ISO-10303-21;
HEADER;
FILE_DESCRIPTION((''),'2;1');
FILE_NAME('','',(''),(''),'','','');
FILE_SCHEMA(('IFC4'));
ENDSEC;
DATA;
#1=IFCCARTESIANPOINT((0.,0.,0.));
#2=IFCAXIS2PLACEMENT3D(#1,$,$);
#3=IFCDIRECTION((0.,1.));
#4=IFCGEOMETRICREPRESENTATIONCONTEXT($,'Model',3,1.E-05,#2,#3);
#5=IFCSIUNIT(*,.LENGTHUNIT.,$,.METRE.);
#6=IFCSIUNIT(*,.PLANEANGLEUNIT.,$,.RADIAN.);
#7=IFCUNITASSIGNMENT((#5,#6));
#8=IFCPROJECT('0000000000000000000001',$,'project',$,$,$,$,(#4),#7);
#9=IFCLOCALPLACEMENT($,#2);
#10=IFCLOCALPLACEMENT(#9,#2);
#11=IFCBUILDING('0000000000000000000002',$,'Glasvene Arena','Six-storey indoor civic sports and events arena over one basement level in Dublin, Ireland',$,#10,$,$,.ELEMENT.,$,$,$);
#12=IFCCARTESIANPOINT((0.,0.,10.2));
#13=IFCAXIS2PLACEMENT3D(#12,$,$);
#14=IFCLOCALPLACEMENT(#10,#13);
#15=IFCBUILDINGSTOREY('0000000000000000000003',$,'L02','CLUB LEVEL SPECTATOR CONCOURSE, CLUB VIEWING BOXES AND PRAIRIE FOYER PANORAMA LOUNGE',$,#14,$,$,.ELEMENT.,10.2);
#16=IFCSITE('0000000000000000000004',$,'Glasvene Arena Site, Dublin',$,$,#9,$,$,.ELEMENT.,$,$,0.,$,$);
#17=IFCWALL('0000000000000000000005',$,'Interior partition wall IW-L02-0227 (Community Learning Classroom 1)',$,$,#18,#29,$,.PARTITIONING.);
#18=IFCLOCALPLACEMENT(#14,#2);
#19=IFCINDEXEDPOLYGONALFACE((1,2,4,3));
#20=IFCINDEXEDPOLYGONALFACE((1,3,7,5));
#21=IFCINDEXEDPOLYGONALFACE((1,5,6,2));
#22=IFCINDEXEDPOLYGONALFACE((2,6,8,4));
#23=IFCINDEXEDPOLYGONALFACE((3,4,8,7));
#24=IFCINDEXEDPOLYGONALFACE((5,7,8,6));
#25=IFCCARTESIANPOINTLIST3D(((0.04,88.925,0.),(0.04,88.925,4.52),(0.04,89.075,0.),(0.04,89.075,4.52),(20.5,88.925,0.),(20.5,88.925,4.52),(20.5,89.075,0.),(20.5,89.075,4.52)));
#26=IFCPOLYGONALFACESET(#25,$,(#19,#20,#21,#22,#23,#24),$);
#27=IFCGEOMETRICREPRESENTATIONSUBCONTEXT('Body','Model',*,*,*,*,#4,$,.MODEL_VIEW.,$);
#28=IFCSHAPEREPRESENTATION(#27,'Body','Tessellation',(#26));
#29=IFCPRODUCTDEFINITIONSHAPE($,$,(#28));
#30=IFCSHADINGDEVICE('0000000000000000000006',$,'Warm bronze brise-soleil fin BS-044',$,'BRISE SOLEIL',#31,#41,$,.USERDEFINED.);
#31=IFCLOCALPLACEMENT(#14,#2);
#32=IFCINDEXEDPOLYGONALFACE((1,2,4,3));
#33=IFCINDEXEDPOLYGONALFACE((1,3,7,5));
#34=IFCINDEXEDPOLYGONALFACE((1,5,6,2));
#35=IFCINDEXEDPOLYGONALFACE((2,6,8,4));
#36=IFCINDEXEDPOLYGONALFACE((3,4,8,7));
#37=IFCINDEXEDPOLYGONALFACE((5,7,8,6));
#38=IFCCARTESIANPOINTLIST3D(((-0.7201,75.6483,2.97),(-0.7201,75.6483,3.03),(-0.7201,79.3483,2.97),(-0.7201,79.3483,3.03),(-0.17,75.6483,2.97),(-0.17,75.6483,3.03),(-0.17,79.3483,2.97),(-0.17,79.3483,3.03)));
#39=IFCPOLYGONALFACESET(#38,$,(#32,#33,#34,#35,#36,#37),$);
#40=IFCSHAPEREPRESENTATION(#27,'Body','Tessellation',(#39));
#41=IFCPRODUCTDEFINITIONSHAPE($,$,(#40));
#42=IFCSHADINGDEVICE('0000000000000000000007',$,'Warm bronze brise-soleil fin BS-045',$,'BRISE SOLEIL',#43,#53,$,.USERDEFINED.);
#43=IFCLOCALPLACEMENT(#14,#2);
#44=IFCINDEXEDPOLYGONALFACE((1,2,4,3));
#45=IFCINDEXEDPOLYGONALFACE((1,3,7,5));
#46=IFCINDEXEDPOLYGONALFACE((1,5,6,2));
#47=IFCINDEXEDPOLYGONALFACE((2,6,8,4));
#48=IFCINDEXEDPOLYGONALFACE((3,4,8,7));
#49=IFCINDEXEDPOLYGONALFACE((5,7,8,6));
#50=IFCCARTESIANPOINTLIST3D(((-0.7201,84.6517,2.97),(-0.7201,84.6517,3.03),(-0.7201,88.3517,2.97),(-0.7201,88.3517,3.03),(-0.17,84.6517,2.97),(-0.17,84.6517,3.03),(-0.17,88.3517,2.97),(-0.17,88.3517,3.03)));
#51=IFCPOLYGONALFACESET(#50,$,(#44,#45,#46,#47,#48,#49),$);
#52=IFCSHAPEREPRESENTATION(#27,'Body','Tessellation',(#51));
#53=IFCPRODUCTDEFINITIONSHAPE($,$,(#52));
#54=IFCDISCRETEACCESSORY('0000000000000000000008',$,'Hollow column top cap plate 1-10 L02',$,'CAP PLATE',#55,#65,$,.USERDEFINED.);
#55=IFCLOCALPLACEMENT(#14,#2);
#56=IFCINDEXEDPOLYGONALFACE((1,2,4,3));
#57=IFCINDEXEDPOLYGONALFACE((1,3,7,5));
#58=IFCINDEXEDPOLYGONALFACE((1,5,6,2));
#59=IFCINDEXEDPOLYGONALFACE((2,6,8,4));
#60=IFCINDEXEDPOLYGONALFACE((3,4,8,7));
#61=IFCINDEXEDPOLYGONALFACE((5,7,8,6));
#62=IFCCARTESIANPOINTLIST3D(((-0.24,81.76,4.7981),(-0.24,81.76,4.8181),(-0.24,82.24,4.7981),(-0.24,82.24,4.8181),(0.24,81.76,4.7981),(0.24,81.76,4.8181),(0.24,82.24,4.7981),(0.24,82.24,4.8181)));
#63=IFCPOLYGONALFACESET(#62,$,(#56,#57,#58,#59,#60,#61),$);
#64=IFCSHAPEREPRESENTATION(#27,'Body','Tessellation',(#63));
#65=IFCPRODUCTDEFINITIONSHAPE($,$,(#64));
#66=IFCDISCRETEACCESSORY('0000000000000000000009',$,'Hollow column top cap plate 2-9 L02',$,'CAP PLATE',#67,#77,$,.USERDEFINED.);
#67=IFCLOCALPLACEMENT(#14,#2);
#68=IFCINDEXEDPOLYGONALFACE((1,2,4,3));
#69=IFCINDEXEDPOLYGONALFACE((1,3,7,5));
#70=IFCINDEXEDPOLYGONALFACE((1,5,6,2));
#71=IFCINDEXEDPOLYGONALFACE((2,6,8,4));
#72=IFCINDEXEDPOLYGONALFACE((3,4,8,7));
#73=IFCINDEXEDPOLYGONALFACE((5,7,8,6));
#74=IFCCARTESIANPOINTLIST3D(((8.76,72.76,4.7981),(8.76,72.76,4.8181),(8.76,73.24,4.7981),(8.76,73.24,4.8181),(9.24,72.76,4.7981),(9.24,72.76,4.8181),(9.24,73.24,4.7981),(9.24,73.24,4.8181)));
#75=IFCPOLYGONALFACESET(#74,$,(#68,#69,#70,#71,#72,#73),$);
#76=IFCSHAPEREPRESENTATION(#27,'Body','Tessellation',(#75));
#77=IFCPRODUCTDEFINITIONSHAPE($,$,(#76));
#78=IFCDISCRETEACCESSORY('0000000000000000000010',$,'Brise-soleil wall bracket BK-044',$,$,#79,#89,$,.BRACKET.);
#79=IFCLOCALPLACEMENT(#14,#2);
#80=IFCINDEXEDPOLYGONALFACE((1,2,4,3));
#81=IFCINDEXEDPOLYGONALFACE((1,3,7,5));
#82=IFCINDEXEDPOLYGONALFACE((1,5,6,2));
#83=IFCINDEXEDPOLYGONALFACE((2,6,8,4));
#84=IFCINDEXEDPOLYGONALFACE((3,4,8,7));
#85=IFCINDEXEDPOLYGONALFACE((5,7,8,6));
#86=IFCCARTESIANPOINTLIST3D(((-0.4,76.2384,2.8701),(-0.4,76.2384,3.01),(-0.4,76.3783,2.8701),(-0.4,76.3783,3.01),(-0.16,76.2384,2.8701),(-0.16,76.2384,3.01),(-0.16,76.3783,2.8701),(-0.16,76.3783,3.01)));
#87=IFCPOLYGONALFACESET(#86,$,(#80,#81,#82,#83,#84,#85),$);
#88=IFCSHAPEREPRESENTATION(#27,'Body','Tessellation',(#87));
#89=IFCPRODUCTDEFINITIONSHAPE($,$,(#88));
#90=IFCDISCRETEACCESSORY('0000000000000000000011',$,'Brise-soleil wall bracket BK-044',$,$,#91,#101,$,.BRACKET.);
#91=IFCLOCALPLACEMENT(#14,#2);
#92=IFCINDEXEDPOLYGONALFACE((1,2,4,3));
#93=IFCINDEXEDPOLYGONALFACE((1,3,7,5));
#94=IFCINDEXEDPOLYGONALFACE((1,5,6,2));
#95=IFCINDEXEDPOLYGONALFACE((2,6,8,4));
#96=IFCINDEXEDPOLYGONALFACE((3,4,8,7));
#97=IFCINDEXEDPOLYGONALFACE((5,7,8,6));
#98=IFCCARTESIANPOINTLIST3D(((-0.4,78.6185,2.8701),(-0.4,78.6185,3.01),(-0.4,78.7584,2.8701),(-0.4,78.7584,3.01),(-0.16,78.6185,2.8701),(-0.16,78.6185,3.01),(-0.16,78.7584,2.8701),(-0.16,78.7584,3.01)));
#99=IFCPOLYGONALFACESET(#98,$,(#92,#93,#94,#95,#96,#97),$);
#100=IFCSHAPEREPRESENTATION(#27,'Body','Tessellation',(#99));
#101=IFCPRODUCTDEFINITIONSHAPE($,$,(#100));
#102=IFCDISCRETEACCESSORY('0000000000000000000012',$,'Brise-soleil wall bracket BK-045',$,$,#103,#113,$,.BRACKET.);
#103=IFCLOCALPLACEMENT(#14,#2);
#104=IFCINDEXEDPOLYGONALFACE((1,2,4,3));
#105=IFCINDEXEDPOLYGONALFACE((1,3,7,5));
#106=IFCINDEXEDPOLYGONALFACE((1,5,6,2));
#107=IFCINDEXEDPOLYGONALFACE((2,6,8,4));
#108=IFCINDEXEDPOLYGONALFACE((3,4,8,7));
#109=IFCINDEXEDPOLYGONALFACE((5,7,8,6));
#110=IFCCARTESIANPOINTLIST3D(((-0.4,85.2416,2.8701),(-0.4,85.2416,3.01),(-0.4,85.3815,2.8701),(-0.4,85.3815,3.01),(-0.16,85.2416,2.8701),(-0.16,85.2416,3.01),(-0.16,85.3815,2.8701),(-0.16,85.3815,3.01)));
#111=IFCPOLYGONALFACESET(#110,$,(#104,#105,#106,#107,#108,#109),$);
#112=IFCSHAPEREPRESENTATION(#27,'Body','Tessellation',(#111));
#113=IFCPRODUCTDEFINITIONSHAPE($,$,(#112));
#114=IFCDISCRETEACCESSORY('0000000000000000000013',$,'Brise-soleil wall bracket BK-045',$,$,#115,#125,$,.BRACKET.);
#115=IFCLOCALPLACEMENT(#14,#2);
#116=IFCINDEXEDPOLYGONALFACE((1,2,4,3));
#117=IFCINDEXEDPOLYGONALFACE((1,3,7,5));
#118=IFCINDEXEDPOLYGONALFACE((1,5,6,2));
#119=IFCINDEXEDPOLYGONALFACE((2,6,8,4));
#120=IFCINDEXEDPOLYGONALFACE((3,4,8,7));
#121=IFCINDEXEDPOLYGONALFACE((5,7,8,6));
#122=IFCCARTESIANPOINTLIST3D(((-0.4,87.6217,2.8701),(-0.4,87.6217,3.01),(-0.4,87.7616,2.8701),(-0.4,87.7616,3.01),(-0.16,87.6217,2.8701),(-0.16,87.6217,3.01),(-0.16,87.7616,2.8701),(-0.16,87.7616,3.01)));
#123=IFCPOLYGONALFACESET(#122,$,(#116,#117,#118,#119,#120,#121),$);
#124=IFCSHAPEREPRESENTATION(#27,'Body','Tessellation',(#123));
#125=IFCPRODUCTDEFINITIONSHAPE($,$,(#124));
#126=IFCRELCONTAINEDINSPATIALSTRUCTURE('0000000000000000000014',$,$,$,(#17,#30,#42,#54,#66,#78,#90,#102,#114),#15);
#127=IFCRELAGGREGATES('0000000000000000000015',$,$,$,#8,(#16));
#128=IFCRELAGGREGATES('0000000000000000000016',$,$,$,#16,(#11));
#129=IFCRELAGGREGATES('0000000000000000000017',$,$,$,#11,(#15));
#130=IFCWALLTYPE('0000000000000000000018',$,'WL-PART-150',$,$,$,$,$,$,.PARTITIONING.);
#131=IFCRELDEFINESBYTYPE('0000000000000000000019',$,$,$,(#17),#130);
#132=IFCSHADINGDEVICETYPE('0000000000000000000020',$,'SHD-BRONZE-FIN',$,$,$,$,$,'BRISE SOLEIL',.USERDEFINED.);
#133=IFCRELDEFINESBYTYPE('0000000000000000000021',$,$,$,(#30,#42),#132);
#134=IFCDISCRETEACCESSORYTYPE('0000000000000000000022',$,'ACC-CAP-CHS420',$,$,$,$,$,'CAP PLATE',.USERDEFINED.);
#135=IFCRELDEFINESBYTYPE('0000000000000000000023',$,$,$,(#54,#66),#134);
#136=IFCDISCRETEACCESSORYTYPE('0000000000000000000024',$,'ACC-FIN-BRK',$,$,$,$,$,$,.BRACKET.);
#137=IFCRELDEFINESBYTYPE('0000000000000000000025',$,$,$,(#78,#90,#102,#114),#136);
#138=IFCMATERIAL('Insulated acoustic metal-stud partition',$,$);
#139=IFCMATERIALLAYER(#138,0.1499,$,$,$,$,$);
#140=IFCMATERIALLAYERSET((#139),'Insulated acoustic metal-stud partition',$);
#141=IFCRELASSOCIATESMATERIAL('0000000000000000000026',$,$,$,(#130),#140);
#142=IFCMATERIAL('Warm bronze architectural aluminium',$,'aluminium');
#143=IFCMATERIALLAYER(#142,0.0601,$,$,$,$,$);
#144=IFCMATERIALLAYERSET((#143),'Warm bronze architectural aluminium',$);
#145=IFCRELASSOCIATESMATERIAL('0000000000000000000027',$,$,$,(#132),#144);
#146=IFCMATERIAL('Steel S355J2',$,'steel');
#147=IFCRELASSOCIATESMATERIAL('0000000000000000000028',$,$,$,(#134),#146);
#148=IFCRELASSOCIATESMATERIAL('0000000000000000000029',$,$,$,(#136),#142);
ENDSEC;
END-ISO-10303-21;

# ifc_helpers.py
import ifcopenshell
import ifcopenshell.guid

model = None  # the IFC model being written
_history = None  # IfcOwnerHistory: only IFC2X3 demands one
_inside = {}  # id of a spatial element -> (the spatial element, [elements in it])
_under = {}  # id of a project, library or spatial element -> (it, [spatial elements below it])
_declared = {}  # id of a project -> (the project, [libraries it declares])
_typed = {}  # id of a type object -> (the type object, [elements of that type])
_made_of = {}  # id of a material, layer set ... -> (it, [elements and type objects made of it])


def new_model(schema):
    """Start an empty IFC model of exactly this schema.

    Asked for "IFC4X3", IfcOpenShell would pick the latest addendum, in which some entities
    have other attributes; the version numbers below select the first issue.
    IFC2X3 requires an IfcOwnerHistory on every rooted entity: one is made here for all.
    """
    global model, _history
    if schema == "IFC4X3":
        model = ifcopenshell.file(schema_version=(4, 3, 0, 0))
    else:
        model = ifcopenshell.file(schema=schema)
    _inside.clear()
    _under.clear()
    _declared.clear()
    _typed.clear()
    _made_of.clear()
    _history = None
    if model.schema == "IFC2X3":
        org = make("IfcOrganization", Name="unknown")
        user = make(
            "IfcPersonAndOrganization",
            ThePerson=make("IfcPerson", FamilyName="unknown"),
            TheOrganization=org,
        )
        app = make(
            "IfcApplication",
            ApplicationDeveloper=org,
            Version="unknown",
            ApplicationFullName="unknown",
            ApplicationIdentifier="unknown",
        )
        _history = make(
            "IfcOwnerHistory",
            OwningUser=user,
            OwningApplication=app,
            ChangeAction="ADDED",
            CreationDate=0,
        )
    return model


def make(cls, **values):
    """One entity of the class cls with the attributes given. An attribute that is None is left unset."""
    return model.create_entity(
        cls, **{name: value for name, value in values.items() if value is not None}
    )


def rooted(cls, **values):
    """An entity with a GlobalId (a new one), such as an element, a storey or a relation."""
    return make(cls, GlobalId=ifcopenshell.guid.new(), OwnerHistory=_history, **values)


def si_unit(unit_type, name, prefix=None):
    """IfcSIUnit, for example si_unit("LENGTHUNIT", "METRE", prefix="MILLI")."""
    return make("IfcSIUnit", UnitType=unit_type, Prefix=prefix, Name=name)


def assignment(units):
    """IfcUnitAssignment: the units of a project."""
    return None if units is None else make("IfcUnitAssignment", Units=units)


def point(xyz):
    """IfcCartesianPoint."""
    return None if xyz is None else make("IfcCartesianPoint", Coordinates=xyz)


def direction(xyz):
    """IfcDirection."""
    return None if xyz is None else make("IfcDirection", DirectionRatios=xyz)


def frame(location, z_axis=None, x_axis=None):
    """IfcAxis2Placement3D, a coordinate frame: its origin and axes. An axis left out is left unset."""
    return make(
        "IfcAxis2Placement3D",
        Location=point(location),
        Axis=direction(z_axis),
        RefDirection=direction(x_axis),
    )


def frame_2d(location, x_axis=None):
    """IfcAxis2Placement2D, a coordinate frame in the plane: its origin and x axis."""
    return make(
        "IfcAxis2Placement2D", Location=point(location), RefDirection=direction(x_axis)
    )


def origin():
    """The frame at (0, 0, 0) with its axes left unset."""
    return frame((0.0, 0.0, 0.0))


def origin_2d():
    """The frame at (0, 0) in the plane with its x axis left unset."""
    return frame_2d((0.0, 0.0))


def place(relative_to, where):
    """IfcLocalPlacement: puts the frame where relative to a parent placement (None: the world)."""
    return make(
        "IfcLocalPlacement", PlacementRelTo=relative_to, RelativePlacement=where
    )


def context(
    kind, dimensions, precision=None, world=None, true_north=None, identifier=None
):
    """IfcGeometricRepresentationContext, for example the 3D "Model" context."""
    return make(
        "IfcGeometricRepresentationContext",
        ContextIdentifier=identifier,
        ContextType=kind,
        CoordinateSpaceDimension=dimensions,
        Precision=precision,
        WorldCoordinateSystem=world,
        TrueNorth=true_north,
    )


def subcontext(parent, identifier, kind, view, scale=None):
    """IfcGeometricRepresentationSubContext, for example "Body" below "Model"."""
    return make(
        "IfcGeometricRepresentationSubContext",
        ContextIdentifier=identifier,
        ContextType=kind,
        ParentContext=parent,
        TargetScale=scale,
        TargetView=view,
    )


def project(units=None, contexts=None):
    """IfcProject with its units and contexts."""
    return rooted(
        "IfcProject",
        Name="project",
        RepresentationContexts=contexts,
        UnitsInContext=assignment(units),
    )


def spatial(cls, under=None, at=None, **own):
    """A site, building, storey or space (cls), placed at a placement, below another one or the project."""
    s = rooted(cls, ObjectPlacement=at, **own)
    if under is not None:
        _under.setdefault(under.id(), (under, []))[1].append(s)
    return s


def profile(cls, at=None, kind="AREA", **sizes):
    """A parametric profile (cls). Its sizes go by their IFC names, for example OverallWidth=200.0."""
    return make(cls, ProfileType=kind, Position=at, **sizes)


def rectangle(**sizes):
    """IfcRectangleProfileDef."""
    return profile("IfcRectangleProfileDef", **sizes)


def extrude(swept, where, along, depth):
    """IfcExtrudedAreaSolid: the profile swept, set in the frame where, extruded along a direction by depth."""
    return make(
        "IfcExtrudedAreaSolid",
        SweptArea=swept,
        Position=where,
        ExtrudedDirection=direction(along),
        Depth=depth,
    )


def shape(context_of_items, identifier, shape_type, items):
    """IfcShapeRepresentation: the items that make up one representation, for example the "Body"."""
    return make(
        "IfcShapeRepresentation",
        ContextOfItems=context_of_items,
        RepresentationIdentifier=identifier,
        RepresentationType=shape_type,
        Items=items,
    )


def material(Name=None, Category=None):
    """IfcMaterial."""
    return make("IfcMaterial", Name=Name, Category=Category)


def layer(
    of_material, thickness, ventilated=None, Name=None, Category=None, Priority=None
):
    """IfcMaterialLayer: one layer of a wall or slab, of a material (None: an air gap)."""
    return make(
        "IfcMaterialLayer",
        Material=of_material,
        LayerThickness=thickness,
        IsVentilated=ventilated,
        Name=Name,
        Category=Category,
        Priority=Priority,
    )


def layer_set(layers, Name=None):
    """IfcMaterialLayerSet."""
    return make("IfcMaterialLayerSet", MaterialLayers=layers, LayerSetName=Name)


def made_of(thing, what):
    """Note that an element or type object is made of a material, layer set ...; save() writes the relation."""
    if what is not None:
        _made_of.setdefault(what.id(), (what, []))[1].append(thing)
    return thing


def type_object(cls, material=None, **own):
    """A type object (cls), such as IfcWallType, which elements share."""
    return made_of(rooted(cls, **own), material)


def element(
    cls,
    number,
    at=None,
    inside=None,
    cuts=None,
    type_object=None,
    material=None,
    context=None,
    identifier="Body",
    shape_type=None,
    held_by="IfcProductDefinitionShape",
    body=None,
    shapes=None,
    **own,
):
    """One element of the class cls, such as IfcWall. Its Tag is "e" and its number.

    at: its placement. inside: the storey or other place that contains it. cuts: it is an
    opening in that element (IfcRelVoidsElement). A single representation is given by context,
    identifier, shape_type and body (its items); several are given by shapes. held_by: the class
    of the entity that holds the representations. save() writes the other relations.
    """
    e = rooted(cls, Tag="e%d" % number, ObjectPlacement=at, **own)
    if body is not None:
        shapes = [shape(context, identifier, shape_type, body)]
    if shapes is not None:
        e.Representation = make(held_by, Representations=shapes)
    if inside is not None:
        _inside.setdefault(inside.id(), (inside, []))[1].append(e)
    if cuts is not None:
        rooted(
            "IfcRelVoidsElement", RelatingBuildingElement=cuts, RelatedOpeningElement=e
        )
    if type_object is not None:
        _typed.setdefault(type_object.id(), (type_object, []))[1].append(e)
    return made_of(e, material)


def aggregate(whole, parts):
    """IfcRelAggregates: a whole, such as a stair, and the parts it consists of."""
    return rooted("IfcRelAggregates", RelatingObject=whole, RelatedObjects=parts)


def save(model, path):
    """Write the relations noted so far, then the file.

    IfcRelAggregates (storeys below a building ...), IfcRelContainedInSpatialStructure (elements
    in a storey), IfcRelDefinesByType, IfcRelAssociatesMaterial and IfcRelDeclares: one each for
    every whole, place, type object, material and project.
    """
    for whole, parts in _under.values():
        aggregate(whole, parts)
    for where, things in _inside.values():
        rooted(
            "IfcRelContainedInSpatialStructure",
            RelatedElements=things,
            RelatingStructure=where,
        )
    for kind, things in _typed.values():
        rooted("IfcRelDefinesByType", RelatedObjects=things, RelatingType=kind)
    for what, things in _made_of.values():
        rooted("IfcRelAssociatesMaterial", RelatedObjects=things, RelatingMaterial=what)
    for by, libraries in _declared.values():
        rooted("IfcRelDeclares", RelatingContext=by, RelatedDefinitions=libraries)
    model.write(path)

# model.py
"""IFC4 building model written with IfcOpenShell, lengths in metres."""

from ifc_helpers import new_model, si_unit, direction, frame, frame_2d, origin, origin_2d, place, context, subcontext, project, spatial, rectangle, extrude, material, layer, layer_set, type_object, element, save


model = new_model("IFC4")

# Units and contexts
model_context = context("Model", 3, precision=1e-05, world=origin(), true_north=direction((0.0, 1.0)))
body_context = subcontext(model_context, "Body", "Model", "MODEL_VIEW")
ifc_project = project(units=[si_unit("LENGTHUNIT", "METRE"), si_unit("PLANEANGLEUNIT", "RADIAN")], contexts=[model_context])

# Site, building, storey
site_placement = place(None, origin())
site = spatial("IfcSite", under=ifc_project, at=site_placement, Name="Glasvene Arena Site, Dublin", CompositionType="ELEMENT", RefElevation=0.0)
building_placement = place(site_placement, origin())
building = spatial("IfcBuilding", under=site, at=building_placement, Name="Glasvene Arena", Description="Six-storey indoor civic sports and events arena over one basement level in Dublin, Ireland", CompositionType="ELEMENT")
storey_placement = place(building_placement, frame((0.0, 0.0, 10.2)))
storey = spatial("IfcBuildingStorey", under=building, at=storey_placement, Name="L02", Description="CLUB LEVEL SPECTATOR CONCOURSE, CLUB VIEWING BOXES AND PRAIRIE FOYER PANORAMA LOUNGE", CompositionType="ELEMENT", Elevation=10.2)

# Shared definitions
ifc_material_1 = material(Name="Steel S355J2", Category="steel")

# Wall
ifc_material_2 = material(Name="Insulated acoustic metal-stud partition")
ifc_layer_1 = layer(ifc_material_2, 0.1499)
ifc_layer_set_1 = layer_set([ifc_layer_1], Name="Insulated acoustic metal-stud partition")
wall_type_1 = type_object("IfcWallType", Name="WL-PART-150", PredefinedType="PARTITIONING", material=ifc_layer_set_1)
wall_1_placement = place(storey_placement, frame((0.04, 89.0, 0.0), z_axis=(0.0, 0.0, 1.0), x_axis=(1.0, 0.0, 0.0)))
element("IfcWall", 1, at=wall_1_placement, inside=storey, type_object=wall_type_1, Name="Interior partition wall IW-L02-0227 (Community Learning Classroom 1)", PredefinedType="PARTITIONING", context=body_context, shape_type="SweptSolid", body=[
    extrude(rectangle(XDim=20.46, YDim=0.1499, at=frame_2d((10.23, 0.0))), origin(), (0.0, 0.0, 1.0), 4.52),
])

# Shading devices
ifc_material_3 = material(Name="Warm bronze architectural aluminium", Category="aluminium")
ifc_layer_2 = layer(ifc_material_3, 0.0601)
ifc_layer_set_2 = layer_set([ifc_layer_2], Name="Warm bronze architectural aluminium")
shading_device_type = type_object("IfcShadingDeviceType", Name="SHD-BRONZE-FIN", ElementType="BRISE SOLEIL", PredefinedType="USERDEFINED", material=ifc_layer_set_2)
for number, where, z_axis, x_axis, name in (
    (2, (-0.4451, 77.4983, 2.97), (0.0, 0.0, 1.0), (0.0, 1.0, 0.0), "Warm bronze brise-soleil fin BS-044"),
    (3, (-0.4451, 86.5017, 2.97), (0.0, 0.0, 1.0), (0.0, 1.0, 0.0), "Warm bronze brise-soleil fin BS-045"),
):
    element("IfcShadingDevice", number, at=place(storey_placement, frame(where, z_axis=z_axis, x_axis=x_axis)), inside=storey, type_object=shading_device_type, Name=name, ObjectType="BRISE SOLEIL", PredefinedType="USERDEFINED", context=body_context, shape_type="SweptSolid", body=[
        extrude(rectangle(XDim=3.7, YDim=0.55, at=origin_2d()), origin(), (0.0, 0.0, 1.0), 0.0601),
    ])

# Discrete accessories
discrete_accessory_type_1 = type_object("IfcDiscreteAccessoryType", Name="ACC-CAP-CHS420", ElementType="CAP PLATE", PredefinedType="USERDEFINED", material=ifc_material_1)
for number, where, z_axis, x_axis, name in (
    (4, (0.0, 82.0, 4.7981), (0.0, 0.0, 1.0), (1.0, 0.0, 0.0), "Hollow column top cap plate 1-10 L02"),
    (5, (9.0, 73.0, 4.7981), (0.0, 0.0, 1.0), (1.0, 0.0, 0.0), "Hollow column top cap plate 2-9 L02"),
):
    element("IfcDiscreteAccessory", number, at=place(storey_placement, frame(where, z_axis=z_axis, x_axis=x_axis)), inside=storey, type_object=discrete_accessory_type_1, Name=name, ObjectType="CAP PLATE", PredefinedType="USERDEFINED", context=body_context, shape_type="SweptSolid", body=[
        extrude(rectangle(XDim=0.48, YDim=0.48, at=origin_2d()), origin(), (0.0, 0.0, 1.0), 0.02),
    ])
discrete_accessory_type_2 = type_object("IfcDiscreteAccessoryType", Name="ACC-FIN-BRK", PredefinedType="BRACKET", material=ifc_material_3)
for number, where, z_axis, x_axis, name in (
    (6, (-0.28, 76.3083, 2.8701), (0.0, 0.0, 1.0), (0.0, 1.0, 0.0), "Brise-soleil wall bracket BK-044"),
    (7, (-0.28, 78.6885, 2.8701), (0.0, 0.0, 1.0), (0.0, 1.0, 0.0), "Brise-soleil wall bracket BK-044"),
    (8, (-0.28, 85.3115, 2.8701), (0.0, 0.0, 1.0), (0.0, 1.0, 0.0), "Brise-soleil wall bracket BK-045"),
    (9, (-0.28, 87.6917, 2.8701), (0.0, 0.0, 1.0), (0.0, 1.0, 0.0), "Brise-soleil wall bracket BK-045"),
):
    element("IfcDiscreteAccessory", number, at=place(storey_placement, frame(where, z_axis=z_axis, x_axis=x_axis)), inside=storey, type_object=discrete_accessory_type_2, Name=name, PredefinedType="BRACKET", context=body_context, shape_type="SweptSolid", body=[
        extrude(rectangle(XDim=0.1399, YDim=0.24, at=origin_2d()), origin(), (0.0, 0.0, 1.0), 0.1399),
    ])

save(model, "model.ifc")
